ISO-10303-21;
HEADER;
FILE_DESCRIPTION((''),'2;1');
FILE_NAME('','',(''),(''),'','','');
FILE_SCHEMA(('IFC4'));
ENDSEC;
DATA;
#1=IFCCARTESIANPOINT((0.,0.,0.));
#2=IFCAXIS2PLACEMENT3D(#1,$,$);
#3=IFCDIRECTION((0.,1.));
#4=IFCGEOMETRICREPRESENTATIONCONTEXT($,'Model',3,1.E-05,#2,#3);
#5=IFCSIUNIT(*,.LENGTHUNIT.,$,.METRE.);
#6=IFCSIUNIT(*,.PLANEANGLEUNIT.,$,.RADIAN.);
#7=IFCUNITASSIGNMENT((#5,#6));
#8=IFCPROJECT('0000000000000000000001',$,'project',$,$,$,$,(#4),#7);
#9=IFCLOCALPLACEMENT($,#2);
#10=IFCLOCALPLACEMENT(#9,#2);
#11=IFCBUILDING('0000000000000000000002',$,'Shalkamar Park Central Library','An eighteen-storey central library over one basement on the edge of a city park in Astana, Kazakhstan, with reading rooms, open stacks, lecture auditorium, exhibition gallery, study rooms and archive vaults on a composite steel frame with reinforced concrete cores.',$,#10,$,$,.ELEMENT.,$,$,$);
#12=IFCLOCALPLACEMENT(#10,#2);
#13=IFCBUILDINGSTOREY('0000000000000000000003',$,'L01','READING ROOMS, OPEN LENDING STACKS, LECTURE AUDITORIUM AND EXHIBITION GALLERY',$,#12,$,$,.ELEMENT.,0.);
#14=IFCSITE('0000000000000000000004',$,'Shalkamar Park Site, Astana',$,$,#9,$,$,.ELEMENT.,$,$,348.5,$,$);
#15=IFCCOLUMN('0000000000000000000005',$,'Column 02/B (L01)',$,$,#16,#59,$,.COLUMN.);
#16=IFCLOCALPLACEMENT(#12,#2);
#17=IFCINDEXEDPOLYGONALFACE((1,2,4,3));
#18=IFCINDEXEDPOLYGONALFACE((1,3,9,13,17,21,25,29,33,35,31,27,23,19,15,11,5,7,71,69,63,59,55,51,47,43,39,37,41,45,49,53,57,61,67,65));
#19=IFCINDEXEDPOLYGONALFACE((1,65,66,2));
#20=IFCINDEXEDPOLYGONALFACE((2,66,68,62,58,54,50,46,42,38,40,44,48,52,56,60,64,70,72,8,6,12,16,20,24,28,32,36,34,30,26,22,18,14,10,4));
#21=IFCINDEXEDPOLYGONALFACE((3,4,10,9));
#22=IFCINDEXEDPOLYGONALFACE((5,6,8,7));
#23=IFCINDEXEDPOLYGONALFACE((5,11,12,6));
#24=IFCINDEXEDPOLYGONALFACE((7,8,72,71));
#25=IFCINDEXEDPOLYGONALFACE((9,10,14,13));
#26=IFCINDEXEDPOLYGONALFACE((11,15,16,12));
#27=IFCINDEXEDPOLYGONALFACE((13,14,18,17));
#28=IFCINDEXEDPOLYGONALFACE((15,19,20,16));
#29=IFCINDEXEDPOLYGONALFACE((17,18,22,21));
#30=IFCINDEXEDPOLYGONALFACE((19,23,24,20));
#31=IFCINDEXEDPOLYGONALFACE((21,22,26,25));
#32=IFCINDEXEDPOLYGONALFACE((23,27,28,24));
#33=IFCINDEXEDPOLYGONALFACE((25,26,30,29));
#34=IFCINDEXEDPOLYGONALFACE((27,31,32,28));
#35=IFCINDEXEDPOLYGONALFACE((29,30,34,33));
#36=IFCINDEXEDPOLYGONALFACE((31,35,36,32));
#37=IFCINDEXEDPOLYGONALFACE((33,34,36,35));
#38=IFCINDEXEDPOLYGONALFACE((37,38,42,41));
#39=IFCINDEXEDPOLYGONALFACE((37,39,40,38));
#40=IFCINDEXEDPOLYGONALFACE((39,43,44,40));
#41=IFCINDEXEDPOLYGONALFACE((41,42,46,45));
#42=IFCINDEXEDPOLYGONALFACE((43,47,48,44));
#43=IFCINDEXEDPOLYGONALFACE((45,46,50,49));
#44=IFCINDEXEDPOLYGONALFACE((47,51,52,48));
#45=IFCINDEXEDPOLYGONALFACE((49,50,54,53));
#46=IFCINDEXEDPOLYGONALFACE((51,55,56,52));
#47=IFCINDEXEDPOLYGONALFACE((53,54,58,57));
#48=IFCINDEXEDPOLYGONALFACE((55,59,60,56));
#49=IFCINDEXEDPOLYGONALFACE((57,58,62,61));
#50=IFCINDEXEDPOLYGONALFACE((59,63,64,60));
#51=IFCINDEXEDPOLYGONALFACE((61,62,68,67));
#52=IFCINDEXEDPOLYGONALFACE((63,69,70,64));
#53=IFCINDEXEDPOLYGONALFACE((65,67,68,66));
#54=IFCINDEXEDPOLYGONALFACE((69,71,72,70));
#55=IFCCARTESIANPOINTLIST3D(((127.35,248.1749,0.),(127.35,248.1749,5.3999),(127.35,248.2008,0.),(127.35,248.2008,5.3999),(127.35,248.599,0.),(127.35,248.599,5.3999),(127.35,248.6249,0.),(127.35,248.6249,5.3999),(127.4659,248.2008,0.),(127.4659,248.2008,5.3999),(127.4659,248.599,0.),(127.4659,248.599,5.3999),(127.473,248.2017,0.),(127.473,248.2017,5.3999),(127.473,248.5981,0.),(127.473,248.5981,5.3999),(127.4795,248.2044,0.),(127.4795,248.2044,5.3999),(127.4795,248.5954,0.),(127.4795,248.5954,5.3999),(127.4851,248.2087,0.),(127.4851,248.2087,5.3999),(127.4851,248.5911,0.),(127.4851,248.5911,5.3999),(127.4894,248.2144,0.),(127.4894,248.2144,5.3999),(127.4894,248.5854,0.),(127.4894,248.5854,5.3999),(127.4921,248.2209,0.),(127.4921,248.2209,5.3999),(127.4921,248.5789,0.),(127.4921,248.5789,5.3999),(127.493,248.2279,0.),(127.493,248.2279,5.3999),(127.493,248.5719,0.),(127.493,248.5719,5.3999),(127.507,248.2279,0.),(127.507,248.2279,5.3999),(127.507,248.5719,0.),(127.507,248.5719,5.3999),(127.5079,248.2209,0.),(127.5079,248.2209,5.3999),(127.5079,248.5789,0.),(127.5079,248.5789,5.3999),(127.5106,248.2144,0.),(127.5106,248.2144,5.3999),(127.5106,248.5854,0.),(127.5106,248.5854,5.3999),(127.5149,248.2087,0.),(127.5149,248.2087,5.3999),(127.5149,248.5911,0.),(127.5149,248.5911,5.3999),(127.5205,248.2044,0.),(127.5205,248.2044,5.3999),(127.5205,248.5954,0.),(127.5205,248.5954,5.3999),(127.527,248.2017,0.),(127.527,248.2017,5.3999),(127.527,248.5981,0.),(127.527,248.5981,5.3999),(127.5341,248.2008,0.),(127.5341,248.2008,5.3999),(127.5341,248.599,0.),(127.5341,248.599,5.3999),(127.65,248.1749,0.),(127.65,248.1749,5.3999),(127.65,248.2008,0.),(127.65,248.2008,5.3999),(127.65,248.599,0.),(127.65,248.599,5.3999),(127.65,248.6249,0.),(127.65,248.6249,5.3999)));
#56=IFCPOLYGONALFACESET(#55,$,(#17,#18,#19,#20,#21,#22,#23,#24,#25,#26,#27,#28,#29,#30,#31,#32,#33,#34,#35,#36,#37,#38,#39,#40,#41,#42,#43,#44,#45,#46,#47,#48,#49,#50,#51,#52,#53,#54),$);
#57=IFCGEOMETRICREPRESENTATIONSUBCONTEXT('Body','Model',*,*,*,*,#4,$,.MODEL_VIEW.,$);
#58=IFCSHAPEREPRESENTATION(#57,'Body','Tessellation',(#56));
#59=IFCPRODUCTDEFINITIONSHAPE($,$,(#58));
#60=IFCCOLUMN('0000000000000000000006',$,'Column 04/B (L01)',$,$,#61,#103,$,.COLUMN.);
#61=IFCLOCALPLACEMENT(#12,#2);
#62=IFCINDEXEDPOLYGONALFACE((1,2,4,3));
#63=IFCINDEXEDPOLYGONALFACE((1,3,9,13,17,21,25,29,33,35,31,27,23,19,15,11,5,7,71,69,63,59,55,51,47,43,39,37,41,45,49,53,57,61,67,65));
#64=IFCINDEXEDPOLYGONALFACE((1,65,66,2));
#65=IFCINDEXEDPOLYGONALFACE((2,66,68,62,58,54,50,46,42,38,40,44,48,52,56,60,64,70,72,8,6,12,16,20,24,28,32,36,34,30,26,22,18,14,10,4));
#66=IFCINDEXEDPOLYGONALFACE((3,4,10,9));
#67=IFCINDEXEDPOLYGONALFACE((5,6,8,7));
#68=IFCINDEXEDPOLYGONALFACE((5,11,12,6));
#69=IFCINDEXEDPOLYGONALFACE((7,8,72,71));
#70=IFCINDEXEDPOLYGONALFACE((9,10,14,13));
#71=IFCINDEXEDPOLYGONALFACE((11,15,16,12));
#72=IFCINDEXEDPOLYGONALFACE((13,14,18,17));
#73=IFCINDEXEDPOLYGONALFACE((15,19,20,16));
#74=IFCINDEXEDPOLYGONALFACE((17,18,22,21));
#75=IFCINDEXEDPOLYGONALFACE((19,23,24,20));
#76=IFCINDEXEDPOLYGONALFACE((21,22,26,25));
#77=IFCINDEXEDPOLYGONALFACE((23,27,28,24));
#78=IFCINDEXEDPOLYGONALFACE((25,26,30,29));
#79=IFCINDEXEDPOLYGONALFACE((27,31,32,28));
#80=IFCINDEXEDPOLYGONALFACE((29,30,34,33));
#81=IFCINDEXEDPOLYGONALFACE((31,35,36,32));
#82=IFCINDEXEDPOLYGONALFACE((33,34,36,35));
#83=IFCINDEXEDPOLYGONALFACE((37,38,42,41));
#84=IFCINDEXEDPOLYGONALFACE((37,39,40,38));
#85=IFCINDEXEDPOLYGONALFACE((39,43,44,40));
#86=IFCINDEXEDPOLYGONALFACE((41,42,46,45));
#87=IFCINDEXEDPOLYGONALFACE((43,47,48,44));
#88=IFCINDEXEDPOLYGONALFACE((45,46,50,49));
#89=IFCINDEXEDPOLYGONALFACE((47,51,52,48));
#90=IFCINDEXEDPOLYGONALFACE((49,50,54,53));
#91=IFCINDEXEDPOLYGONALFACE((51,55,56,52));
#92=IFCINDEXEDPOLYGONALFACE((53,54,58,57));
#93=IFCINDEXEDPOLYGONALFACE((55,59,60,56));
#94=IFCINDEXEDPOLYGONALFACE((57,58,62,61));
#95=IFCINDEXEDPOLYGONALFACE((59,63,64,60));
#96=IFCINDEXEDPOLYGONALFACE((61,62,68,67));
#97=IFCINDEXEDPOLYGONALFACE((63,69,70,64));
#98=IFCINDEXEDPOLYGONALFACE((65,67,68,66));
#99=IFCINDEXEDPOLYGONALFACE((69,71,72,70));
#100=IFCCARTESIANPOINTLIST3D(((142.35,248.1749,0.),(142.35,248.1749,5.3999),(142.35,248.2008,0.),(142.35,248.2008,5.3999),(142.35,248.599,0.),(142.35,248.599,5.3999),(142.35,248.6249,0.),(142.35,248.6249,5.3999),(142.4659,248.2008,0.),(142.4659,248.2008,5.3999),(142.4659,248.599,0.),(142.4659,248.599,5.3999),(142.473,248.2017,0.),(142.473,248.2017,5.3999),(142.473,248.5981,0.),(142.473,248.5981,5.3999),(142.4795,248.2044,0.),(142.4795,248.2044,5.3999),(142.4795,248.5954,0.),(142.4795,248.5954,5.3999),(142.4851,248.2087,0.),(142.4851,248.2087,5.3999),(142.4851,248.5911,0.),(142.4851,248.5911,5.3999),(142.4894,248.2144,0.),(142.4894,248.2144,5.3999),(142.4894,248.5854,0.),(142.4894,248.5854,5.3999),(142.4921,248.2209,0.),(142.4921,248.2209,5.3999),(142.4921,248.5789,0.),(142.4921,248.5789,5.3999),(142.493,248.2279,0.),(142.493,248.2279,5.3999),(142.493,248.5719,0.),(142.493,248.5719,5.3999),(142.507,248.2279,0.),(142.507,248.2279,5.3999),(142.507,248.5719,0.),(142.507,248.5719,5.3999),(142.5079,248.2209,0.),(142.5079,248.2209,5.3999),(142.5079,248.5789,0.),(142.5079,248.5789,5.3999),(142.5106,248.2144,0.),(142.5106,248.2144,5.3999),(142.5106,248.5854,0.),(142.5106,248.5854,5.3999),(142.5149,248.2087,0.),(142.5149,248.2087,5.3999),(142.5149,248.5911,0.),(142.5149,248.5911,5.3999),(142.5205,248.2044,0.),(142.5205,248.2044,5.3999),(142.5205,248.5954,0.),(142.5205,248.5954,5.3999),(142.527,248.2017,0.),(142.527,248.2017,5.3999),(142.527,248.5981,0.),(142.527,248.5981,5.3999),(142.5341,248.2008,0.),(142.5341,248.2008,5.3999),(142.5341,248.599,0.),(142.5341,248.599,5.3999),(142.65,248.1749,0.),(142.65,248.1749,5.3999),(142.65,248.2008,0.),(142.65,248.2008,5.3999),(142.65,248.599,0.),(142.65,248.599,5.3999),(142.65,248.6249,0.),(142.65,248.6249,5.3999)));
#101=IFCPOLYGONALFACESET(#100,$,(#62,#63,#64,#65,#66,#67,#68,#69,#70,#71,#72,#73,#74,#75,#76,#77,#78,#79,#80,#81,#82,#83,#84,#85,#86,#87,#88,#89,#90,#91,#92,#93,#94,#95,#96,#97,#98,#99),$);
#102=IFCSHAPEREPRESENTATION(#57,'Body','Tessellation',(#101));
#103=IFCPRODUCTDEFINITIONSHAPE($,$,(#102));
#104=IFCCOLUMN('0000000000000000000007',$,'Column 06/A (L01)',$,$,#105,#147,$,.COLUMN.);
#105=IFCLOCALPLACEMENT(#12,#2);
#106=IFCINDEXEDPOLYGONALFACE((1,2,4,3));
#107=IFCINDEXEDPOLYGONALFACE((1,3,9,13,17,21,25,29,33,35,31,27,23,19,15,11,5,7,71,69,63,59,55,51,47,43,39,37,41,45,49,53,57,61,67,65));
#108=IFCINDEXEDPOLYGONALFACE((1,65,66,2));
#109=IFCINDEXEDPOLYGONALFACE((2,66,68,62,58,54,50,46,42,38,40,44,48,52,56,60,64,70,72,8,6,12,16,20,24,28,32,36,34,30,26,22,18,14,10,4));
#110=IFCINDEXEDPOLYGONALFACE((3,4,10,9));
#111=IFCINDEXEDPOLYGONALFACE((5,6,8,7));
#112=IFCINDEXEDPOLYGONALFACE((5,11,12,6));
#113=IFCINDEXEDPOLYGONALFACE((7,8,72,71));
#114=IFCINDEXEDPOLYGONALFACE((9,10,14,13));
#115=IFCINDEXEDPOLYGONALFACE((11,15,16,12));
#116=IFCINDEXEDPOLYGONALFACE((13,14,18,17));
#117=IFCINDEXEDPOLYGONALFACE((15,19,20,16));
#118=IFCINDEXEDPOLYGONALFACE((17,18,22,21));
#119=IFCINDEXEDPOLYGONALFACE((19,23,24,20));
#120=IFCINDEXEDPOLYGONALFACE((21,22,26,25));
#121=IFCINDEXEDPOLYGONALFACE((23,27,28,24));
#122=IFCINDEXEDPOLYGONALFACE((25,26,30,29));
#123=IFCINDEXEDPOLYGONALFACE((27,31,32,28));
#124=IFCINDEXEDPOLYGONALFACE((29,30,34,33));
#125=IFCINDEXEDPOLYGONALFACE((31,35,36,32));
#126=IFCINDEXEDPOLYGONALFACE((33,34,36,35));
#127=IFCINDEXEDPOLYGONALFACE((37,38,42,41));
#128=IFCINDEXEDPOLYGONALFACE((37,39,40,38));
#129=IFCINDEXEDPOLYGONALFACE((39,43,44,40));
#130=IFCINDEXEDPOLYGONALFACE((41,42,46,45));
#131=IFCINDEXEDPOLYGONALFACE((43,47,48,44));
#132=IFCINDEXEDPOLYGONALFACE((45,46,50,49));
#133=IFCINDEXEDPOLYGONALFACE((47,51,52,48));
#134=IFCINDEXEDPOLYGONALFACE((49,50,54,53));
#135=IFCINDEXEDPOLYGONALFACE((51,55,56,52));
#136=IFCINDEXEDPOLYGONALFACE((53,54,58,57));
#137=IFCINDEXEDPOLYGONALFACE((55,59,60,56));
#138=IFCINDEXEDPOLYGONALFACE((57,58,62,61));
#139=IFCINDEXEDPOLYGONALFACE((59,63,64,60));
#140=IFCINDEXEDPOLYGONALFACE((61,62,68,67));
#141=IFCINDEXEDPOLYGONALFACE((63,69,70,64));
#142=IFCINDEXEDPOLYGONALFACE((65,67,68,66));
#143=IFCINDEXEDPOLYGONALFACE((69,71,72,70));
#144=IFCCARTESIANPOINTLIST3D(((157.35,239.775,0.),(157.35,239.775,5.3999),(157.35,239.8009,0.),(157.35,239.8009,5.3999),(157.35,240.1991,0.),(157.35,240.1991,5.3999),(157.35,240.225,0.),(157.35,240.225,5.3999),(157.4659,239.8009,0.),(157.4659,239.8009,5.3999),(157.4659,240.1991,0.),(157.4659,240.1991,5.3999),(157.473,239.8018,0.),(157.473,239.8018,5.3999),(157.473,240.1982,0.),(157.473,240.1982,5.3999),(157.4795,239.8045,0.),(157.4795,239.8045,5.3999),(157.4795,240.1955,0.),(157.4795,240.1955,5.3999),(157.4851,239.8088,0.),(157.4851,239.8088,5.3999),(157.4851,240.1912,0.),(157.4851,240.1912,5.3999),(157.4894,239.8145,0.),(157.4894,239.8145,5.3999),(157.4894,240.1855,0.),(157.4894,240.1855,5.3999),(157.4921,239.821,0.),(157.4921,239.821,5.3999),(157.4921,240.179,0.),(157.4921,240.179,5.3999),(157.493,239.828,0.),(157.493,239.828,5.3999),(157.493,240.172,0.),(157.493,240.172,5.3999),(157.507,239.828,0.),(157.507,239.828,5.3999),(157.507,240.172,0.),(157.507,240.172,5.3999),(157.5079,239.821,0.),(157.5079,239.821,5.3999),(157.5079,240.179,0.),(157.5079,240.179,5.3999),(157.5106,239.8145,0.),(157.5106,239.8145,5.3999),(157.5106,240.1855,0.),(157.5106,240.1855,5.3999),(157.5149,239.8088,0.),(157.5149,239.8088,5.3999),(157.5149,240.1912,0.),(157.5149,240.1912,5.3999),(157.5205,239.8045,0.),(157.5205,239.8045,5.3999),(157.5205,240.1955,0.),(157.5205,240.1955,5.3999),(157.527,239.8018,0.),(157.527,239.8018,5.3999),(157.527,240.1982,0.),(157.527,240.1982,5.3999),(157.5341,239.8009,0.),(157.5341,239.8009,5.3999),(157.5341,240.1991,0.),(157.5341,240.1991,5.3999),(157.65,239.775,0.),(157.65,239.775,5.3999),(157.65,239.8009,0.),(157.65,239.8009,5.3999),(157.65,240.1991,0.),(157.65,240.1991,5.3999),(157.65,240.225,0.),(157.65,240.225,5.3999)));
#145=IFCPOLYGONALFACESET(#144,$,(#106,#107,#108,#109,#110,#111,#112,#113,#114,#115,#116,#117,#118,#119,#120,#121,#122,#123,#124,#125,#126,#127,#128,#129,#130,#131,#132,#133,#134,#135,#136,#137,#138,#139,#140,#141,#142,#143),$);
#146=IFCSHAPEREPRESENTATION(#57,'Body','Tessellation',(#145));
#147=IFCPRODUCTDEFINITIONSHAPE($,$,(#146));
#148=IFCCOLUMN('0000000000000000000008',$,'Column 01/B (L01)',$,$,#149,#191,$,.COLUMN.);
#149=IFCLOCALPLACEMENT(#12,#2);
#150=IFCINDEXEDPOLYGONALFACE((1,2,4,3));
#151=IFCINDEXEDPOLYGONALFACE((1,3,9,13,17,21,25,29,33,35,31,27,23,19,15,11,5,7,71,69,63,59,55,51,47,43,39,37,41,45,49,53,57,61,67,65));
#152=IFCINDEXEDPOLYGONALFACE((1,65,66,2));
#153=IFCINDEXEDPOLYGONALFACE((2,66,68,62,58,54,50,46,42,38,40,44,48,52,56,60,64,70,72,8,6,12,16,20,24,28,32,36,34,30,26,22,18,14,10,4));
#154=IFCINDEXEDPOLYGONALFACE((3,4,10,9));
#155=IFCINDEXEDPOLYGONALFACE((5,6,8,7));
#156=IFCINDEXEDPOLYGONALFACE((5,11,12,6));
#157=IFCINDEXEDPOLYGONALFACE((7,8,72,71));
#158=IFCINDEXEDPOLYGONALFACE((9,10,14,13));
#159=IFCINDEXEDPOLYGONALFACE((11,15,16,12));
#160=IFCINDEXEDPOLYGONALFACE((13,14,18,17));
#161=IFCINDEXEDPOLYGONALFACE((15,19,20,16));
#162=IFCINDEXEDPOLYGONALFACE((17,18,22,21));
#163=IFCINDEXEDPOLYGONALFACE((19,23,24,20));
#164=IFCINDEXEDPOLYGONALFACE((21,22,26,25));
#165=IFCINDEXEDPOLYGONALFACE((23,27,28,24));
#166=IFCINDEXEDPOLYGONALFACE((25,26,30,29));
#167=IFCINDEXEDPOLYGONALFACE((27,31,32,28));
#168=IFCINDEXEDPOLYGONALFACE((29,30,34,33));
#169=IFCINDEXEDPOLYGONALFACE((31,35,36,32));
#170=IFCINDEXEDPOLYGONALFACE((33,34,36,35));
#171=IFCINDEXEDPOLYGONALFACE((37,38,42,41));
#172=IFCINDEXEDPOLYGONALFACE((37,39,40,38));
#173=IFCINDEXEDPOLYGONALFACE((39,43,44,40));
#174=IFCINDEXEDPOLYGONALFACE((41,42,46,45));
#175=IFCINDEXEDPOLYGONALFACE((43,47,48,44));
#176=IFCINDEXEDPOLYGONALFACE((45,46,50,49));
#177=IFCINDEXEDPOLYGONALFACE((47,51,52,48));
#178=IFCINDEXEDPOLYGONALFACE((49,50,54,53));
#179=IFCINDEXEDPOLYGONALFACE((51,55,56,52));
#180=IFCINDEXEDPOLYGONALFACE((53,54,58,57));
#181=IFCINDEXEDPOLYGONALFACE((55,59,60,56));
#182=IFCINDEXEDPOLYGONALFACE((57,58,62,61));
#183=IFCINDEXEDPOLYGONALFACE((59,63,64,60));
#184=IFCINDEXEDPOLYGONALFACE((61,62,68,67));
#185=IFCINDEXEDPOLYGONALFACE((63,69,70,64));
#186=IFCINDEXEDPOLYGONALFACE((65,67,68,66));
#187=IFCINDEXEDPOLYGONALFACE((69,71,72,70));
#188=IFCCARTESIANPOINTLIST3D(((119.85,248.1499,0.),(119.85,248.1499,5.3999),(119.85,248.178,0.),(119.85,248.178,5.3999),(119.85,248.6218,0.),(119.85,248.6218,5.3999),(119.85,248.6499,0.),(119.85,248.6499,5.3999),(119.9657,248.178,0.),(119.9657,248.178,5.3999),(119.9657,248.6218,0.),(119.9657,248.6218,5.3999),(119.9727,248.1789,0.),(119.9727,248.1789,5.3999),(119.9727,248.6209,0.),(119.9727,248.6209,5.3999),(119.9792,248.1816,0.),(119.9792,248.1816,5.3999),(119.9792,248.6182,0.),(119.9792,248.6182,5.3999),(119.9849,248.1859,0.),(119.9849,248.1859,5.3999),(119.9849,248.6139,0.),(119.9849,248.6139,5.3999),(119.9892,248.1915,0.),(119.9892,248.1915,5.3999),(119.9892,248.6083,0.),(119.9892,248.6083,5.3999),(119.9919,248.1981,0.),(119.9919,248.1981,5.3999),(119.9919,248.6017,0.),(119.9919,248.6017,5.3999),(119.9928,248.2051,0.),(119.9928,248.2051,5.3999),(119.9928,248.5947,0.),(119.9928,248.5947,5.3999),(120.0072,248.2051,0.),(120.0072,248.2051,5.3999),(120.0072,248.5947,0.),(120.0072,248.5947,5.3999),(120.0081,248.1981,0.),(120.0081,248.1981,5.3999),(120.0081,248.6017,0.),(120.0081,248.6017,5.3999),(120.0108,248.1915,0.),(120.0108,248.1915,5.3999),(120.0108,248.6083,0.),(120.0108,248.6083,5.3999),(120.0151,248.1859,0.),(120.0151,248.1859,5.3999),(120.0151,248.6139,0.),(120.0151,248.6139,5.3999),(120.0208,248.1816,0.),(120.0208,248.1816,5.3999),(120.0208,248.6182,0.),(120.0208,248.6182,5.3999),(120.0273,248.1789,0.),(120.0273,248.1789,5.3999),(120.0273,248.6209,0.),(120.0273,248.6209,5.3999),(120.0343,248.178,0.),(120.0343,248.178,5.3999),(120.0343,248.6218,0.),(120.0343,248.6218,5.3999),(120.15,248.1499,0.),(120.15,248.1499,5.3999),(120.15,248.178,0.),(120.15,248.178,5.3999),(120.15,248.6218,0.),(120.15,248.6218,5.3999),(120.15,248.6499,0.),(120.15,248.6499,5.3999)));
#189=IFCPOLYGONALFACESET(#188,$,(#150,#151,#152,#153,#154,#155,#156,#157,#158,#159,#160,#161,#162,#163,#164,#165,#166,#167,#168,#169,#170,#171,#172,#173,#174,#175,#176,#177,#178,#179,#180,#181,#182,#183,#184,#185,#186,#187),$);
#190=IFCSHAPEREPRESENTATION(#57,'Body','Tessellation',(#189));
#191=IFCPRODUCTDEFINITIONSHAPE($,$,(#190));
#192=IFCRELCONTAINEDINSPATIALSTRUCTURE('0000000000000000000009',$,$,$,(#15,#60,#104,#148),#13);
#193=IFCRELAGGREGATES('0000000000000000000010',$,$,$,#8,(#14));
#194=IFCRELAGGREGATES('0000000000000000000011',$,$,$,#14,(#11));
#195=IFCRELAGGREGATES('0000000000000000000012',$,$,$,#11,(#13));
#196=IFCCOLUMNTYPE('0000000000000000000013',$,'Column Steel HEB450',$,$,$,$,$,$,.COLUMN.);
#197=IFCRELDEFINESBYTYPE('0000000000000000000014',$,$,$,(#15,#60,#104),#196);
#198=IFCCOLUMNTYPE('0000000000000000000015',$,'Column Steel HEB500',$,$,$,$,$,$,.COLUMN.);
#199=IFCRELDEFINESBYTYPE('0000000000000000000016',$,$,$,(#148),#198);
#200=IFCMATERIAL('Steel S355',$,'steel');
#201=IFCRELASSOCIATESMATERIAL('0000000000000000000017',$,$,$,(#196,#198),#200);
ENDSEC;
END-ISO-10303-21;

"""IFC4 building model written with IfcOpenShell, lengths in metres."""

from ifc_helpers import new_model, si_unit, direction, frame, origin, origin_2d, place, context, subcontext, project, spatial, i_section, extrude, material, material_profile, profile_set, type_object, element, save


model = new_model("IFC4")

# Units and contexts
model_context = context("Model", 3, precision=1e-05, world=origin(), true_north=direction((0.0, 1.0)))
body_context = subcontext(model_context, "Body", "Model", "MODEL_VIEW")
ifc_project = project(units=[si_unit("LENGTHUNIT", "METRE"), si_unit("PLANEANGLEUNIT", "RADIAN")], contexts=[model_context])

# Site, building, storey
site_placement = place(None, origin())
site = spatial("IfcSite", under=ifc_project, at=site_placement, Name="Shalkamar Park Site, Astana", CompositionType="ELEMENT", RefElevation=348.5)
building_placement = place(site_placement, origin())
building = spatial("IfcBuilding", under=site, at=building_placement, Name="Shalkamar Park Central Library", Description="An eighteen-storey central library over one basement on the edge of a city park in Astana, Kazakhstan, with reading rooms, open stacks, lecture auditorium, exhibition gallery, study rooms and archive vaults on a composite steel frame with reinforced concrete cores.", CompositionType="ELEMENT")
storey_placement = place(building_placement, origin())
storey = spatial("IfcBuildingStorey", under=building, at=storey_placement, Name="L01", Description="READING ROOMS, OPEN LENDING STACKS, LECTURE AUDITORIUM AND EXHIBITION GALLERY", CompositionType="ELEMENT", Elevation=0.0)

# Columns
ifc_material_1 = material(Name="Steel S355", Category="steel")
ifc_material_profile_1 = material_profile(ifc_material_1, i_section(OverallWidth=0.3, OverallDepth=0.45, WebThickness=0.0139, FlangeThickness=0.0259, FilletRadius=0.0271, at=origin_2d()), Name="HEB 450")
ifc_profile_set_1 = profile_set([ifc_material_profile_1], Name="Steel S355")
column_type_1 = type_object("IfcColumnType", Name="Column Steel HEB450", PredefinedType="COLUMN", material=ifc_profile_set_1)
for number, where, z_axis, x_axis, name in (
    (1, (127.5, 248.3999, 0.0), (0.0, 0.0, 1.0), (1.0, 0.0, 0.0), "Column 02/B (L01)"),
    (2, (142.5, 248.3999, 0.0), (0.0, 0.0, 1.0), (1.0, 0.0, 0.0), "Column 04/B (L01)"),
    (3, (157.5, 240.0, 0.0), (0.0, 0.0, 1.0), (1.0, 0.0, 0.0), "Column 06/A (L01)"),
):
    element("IfcColumn", number, at=place(storey_placement, frame(where, z_axis=z_axis, x_axis=x_axis)), inside=storey, type_object=column_type_1, Name=name, PredefinedType="COLUMN", context=body_context, shape_type="SweptSolid", body=[
        extrude(i_section(OverallWidth=0.3, OverallDepth=0.45, WebThickness=0.0139, FlangeThickness=0.0259, FilletRadius=0.0271, at=origin_2d()), origin(), (0.0, 0.0, 1.0), 5.3999),
    ])
ifc_material_profile_2 = material_profile(ifc_material_1, i_section(OverallWidth=0.3, OverallDepth=0.5, WebThickness=0.0144, FlangeThickness=0.0281, FilletRadius=0.0271, at=origin_2d()), Name="HEB 500")
ifc_profile_set_2 = profile_set([ifc_material_profile_2], Name="Steel S355")
column_type_2 = type_object("IfcColumnType", Name="Column Steel HEB500", PredefinedType="COLUMN", material=ifc_profile_set_2)
for number, where, z_axis, x_axis, name in (
    (4, (120.0, 248.3999, 0.0), (0.0, 0.0, 1.0), (1.0, 0.0, 0.0), "Column 01/B (L01)"),
):
    element("IfcColumn", number, at=place(storey_placement, frame(where, z_axis=z_axis, x_axis=x_axis)), inside=storey, type_object=column_type_2, Name=name, PredefinedType="COLUMN", context=body_context, shape_type="SweptSolid", body=[
        extrude(i_section(OverallWidth=0.3, OverallDepth=0.5, WebThickness=0.0144, FlangeThickness=0.0281, FilletRadius=0.0271, at=origin_2d()), origin(), (0.0, 0.0, 1.0), 5.3999),
    ])

save(model, "model.ifc")
